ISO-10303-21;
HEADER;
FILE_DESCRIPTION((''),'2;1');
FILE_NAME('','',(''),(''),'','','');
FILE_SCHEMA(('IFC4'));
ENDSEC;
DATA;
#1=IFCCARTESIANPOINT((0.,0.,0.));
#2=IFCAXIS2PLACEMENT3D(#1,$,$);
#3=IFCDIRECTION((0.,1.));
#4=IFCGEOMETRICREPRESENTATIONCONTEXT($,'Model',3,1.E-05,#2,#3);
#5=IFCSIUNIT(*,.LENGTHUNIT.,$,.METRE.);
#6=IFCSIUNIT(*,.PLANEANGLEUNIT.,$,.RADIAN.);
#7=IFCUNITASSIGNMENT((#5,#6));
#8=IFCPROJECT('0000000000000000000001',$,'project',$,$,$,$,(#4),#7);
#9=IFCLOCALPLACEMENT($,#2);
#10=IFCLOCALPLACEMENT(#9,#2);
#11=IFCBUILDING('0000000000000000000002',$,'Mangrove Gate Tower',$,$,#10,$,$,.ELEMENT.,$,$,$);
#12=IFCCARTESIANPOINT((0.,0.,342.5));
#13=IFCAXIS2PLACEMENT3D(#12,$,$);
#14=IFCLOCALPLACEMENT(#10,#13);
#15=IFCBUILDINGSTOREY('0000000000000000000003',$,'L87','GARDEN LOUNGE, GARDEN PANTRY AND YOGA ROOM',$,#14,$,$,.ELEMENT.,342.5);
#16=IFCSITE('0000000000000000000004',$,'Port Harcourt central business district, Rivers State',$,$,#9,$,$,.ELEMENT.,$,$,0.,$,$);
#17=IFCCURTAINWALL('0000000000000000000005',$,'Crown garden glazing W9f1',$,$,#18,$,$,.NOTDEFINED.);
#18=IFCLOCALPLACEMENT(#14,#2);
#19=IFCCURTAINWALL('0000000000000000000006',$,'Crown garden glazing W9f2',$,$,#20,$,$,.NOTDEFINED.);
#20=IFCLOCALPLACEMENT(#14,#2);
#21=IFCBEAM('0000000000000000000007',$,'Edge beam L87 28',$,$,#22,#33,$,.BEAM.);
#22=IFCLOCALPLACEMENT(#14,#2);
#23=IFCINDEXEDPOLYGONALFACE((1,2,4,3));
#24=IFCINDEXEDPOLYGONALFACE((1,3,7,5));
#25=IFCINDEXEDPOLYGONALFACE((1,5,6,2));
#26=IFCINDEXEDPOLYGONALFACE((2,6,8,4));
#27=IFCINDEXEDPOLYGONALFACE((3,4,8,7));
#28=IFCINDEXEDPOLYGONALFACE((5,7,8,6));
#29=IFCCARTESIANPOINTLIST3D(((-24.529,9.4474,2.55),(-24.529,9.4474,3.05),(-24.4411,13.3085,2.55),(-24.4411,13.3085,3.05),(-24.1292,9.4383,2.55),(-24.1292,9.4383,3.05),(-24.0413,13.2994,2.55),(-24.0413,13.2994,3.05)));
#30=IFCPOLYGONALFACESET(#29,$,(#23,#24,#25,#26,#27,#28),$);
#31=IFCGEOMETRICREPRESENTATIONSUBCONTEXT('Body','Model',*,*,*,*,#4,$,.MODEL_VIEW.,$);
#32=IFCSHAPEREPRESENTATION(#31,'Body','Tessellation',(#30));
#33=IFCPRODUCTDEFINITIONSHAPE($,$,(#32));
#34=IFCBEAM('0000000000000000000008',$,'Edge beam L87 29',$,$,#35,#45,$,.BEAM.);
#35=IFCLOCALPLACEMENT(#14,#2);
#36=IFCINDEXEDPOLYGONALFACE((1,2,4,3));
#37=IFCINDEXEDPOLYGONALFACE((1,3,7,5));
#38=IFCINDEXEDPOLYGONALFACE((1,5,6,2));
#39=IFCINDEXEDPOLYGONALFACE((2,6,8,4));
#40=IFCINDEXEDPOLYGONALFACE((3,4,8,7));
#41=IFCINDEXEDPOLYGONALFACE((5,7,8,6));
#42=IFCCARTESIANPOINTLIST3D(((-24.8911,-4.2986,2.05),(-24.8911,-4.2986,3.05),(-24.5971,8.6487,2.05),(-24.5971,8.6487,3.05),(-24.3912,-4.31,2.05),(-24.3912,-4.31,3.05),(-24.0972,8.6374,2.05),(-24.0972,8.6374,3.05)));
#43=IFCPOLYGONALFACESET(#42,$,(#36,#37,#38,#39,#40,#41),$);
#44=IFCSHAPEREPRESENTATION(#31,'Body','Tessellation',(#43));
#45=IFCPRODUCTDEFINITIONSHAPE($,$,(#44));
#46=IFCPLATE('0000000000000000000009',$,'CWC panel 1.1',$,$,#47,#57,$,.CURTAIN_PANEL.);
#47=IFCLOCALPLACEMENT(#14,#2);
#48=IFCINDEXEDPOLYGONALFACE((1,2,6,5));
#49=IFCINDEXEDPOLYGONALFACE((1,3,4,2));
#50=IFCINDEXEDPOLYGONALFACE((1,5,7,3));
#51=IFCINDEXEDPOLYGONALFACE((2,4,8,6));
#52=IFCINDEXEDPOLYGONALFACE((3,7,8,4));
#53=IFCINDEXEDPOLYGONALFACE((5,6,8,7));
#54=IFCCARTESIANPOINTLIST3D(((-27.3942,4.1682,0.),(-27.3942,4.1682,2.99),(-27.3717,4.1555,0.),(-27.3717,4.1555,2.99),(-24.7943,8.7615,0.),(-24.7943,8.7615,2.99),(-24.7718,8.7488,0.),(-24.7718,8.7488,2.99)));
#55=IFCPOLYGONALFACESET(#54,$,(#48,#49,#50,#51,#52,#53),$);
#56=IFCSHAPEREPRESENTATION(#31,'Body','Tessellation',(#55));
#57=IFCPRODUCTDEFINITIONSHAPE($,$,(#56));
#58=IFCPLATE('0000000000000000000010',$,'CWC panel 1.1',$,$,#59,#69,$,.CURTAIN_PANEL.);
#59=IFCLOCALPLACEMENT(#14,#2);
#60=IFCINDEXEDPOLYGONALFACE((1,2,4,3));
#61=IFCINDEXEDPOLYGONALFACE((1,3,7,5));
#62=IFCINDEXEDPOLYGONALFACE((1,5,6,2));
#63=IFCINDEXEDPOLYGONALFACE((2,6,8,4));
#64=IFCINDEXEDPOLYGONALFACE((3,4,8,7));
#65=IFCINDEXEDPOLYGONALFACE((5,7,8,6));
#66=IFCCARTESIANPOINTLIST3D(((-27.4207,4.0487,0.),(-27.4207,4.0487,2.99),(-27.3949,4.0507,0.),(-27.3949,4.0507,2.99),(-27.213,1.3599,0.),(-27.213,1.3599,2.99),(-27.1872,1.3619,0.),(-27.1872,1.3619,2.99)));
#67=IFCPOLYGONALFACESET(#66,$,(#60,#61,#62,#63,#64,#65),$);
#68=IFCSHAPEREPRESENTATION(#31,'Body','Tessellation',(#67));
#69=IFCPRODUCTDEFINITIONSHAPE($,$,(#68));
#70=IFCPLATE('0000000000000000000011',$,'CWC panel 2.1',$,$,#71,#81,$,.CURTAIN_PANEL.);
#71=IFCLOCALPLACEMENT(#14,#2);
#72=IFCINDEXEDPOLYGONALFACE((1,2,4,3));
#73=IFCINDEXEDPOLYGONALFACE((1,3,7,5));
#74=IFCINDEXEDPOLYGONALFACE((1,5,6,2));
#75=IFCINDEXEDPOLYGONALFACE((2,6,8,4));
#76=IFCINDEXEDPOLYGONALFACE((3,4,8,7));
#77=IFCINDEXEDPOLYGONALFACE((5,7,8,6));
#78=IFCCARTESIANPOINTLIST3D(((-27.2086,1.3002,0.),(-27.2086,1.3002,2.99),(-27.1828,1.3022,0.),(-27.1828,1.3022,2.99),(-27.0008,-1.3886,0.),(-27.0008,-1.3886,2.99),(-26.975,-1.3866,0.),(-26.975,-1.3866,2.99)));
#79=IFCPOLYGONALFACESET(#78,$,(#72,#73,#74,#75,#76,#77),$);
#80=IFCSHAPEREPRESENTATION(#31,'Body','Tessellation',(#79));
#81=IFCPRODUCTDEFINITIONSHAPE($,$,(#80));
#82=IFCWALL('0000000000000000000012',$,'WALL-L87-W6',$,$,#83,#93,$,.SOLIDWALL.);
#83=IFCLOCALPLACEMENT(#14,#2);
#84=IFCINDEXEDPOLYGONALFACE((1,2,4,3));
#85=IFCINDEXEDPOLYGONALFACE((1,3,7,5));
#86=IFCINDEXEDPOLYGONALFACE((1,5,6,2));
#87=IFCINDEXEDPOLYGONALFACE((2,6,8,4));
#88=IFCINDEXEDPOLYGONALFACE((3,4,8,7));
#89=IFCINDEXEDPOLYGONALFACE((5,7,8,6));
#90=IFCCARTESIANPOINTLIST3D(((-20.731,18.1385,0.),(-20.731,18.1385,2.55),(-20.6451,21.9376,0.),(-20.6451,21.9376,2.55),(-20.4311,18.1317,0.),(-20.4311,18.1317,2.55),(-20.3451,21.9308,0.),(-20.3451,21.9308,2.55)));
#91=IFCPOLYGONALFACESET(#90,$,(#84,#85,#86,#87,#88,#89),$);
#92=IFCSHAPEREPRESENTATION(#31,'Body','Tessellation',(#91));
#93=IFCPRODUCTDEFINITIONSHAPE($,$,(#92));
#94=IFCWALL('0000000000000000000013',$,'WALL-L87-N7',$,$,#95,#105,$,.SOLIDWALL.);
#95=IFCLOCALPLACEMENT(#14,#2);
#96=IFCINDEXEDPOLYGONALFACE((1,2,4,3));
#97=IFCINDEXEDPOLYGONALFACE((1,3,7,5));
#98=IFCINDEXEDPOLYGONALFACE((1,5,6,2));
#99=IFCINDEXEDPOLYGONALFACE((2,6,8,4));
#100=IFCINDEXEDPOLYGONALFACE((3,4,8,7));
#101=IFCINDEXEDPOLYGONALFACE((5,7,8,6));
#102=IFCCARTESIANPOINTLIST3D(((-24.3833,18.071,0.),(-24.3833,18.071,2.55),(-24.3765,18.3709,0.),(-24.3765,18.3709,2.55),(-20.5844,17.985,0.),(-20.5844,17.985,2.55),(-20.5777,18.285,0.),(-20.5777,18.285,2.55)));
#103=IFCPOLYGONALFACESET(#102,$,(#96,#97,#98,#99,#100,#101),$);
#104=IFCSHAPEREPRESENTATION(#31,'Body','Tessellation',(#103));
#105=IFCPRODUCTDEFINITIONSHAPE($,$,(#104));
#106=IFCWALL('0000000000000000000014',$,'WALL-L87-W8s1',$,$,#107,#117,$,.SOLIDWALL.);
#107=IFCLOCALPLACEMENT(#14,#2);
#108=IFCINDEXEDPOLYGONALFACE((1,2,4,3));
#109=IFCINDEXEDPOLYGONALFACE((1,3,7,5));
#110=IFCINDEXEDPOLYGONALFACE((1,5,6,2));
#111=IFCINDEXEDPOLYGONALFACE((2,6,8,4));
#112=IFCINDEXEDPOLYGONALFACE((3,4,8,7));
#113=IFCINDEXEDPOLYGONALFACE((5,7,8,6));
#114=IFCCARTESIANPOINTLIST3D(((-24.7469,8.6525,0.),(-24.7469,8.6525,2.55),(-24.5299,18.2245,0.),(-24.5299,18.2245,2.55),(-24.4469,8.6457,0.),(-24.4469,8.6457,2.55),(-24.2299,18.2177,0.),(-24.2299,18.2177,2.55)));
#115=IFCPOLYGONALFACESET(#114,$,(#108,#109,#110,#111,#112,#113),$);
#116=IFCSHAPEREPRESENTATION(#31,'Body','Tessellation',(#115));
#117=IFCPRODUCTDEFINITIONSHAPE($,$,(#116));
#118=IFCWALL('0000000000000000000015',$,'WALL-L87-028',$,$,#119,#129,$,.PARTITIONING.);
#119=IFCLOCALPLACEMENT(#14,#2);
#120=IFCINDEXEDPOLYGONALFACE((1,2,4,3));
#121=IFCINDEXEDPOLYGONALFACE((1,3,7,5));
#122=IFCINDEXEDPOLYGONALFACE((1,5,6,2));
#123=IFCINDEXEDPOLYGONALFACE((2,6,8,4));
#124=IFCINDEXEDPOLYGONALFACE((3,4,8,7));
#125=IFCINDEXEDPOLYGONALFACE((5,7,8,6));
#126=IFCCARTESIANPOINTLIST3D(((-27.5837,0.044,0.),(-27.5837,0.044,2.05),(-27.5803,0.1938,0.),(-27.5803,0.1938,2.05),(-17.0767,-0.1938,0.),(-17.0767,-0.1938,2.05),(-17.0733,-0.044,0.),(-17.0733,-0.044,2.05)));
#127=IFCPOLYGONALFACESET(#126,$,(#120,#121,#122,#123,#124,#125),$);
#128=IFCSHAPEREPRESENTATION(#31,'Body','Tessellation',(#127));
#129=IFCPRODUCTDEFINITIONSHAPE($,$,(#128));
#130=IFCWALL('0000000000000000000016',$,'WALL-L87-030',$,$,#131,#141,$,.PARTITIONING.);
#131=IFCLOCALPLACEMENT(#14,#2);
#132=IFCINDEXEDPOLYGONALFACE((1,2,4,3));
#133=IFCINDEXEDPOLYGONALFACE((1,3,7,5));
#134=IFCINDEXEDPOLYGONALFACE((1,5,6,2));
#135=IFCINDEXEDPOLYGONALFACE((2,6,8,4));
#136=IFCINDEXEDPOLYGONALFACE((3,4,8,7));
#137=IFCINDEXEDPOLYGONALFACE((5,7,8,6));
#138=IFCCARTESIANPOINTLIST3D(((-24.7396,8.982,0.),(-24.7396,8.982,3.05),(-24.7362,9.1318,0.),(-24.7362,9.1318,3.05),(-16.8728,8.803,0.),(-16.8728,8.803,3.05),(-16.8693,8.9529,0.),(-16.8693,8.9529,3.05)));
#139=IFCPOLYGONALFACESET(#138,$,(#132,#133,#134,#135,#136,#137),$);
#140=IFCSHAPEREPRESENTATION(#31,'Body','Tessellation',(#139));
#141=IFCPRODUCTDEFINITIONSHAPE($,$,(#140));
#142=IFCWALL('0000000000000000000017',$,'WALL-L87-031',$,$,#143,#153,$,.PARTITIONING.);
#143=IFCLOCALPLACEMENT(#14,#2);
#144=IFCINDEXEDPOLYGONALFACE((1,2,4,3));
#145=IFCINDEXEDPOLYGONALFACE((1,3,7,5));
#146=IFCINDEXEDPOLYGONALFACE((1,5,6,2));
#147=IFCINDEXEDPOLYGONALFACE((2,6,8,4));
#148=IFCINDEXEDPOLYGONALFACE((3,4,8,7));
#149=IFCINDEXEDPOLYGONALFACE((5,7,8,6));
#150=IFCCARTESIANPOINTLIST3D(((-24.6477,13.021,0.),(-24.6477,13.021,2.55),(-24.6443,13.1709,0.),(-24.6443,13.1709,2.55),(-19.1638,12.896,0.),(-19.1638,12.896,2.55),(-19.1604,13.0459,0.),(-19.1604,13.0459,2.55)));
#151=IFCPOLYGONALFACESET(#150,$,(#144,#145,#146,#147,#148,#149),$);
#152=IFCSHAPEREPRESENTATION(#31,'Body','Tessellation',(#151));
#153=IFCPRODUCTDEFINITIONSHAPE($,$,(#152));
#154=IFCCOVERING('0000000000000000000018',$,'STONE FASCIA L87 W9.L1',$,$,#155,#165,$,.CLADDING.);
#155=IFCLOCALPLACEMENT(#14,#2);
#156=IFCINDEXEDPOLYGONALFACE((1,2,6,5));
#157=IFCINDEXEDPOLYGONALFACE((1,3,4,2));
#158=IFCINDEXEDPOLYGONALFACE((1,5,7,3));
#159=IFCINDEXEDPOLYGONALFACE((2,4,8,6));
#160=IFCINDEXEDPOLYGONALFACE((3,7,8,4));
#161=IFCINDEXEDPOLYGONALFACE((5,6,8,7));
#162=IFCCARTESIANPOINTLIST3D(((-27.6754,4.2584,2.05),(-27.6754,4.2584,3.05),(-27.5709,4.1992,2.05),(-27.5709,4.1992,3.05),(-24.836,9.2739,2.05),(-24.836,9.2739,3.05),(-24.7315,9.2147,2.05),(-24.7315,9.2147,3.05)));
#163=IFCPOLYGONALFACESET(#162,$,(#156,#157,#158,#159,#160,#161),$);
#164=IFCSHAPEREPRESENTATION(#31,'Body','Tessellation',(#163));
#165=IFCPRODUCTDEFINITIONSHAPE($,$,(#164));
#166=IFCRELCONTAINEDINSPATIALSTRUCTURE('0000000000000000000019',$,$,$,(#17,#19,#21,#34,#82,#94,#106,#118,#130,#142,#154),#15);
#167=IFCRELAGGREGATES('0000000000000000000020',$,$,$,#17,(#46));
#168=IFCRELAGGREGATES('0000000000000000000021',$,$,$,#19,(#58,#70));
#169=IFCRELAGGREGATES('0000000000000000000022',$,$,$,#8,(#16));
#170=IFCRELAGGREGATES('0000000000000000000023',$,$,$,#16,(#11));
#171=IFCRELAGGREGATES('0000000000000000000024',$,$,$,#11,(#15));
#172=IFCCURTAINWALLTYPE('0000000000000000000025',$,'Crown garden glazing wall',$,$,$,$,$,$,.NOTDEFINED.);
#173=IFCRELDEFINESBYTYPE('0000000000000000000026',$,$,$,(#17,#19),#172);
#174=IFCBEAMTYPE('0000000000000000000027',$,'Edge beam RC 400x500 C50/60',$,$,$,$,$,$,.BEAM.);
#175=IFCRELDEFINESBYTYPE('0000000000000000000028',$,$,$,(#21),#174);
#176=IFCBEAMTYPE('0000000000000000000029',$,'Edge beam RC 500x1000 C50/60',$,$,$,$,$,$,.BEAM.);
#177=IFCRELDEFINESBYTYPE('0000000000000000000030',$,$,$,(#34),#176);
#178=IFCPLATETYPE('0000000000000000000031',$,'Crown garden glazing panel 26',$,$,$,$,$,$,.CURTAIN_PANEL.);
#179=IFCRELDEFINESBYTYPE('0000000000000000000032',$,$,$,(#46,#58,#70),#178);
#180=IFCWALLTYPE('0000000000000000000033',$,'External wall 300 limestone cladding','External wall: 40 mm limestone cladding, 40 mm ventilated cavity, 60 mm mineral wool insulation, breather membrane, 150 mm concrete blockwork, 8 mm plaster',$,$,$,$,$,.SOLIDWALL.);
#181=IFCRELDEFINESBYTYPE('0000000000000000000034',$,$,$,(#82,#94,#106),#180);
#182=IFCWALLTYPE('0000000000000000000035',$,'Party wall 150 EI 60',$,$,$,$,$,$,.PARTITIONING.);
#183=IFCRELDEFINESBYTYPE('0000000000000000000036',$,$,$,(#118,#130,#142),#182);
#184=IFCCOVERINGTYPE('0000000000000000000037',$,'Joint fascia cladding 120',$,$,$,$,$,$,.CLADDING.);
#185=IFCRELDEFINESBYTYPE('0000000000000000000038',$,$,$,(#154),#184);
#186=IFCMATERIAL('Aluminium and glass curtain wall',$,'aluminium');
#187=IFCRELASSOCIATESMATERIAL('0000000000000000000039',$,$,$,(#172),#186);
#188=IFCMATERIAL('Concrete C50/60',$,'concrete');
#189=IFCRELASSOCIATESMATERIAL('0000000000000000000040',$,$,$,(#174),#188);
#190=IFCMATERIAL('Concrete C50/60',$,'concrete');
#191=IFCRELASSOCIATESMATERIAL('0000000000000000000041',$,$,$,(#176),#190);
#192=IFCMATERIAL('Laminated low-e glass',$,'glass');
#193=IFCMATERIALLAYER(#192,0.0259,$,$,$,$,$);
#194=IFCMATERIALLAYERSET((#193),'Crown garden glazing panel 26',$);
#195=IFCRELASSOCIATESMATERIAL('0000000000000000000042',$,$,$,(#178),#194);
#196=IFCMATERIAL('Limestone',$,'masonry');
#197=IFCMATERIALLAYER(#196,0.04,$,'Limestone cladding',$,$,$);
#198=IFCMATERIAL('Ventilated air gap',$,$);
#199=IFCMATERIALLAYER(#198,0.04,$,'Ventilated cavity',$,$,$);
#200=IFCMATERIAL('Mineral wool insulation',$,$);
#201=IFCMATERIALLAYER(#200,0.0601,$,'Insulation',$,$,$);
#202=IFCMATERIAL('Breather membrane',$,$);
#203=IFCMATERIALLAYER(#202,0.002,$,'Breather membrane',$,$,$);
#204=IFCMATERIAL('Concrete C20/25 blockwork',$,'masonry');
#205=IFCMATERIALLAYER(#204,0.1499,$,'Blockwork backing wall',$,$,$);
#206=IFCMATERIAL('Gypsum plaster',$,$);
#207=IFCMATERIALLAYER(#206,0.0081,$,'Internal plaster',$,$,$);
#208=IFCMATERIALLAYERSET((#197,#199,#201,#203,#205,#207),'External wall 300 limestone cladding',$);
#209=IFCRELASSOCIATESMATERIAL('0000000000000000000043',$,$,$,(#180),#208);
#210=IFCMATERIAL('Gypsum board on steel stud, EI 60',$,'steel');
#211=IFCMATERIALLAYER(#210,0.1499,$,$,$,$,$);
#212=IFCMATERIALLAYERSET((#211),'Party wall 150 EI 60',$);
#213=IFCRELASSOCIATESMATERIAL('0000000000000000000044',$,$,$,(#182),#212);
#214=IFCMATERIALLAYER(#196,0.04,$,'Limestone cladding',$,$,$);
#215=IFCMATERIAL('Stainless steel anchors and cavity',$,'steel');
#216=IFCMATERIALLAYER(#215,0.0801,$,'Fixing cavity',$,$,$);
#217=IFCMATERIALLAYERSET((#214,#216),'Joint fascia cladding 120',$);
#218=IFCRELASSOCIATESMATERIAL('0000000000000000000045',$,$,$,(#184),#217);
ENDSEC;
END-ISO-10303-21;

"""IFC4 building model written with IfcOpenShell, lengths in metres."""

from ifc_helpers import new_model, si_unit, direction, frame, frame_2d, origin, origin_2d, place, context, subcontext, project, spatial, rectangle, extrude, material, layer, layer_set, material_profile, profile_set, type_object, element, aggregate, save


model = new_model("IFC4")

# Units and contexts
model_context = context("Model", 3, precision=1e-05, world=origin(), true_north=direction((0.0, 1.0)))
body_context = subcontext(model_context, "Body", "Model", "MODEL_VIEW")
ifc_project = project(units=[si_unit("LENGTHUNIT", "METRE"), si_unit("PLANEANGLEUNIT", "RADIAN")], contexts=[model_context])

# Site, building, storey
site_placement = place(None, origin())
site = spatial("IfcSite", under=ifc_project, at=site_placement, Name="Port Harcourt central business district, Rivers State", CompositionType="ELEMENT", RefElevation=0.0)
building_placement = place(site_placement, origin())
building = spatial("IfcBuilding", under=site, at=building_placement, Name="Mangrove Gate Tower", CompositionType="ELEMENT")
storey_placement = place(building_placement, frame((0.0, 0.0, 342.5)))
storey = spatial("IfcBuildingStorey", under=building, at=storey_placement, Name="L87", Description="GARDEN LOUNGE, GARDEN PANTRY AND YOGA ROOM", CompositionType="ELEMENT", Elevation=342.5)

# Curtain walls
ifc_material_1 = material(Name="Aluminium and glass curtain wall", Category="aluminium")
curtain_wall_type = type_object("IfcCurtainWallType", Name="Crown garden glazing wall", PredefinedType="NOTDEFINED", material=ifc_material_1)
curtain_wall_1_placement = place(storey_placement, origin())
curtain_wall_1 = element("IfcCurtainWall", 1, at=curtain_wall_1_placement, inside=storey, type_object=curtain_wall_type, Name="Crown garden glazing W9f1", PredefinedType="NOTDEFINED")
curtain_wall_2_placement = place(storey_placement, origin())
curtain_wall_2 = element("IfcCurtainWall", 2, at=curtain_wall_2_placement, inside=storey, type_object=curtain_wall_type, Name="Crown garden glazing W9f2", PredefinedType="NOTDEFINED")

# Beams
ifc_material_2 = material(Name="Concrete C50/60", Category="concrete")
ifc_material_profile_1 = material_profile(ifc_material_2, rectangle(XDim=0.3999, YDim=0.5, at=origin_2d()))
ifc_profile_set_1 = profile_set([ifc_material_profile_1], Name="Concrete C50/60")
beam_type_1 = type_object("IfcBeamType", Name="Edge beam RC 400x500 C50/60", PredefinedType="BEAM", material=ifc_profile_set_1)
beam_1_placement = place(storey_placement, frame((-24.2412, 13.304, 2.8), z_axis=(-0.022757, -0.999741, 0.0), x_axis=(0.999741, -0.022757, 0.0)))
element("IfcBeam", 3, at=beam_1_placement, inside=storey, type_object=beam_type_1, Name="Edge beam L87 28", PredefinedType="BEAM", context=body_context, shape_type="SweptSolid", body=[
    extrude(rectangle(XDim=0.3999, YDim=0.5, at=origin_2d()), origin(), (0.0, 0.0, 1.0), 3.8621),
])
ifc_material_3 = material(Name="Concrete C50/60", Category="concrete")
ifc_material_profile_2 = material_profile(ifc_material_3, rectangle(XDim=0.5, YDim=1.0, at=origin_2d()))
ifc_profile_set_2 = profile_set([ifc_material_profile_2], Name="Concrete C50/60")
beam_type_2 = type_object("IfcBeamType", Name="Edge beam RC 500x1000 C50/60", PredefinedType="BEAM", material=ifc_profile_set_2)
beam_2_placement = place(storey_placement, frame((-24.3472, 8.6431, 2.55), z_axis=(-0.022697, -0.999742, 0.0), x_axis=(0.999742, -0.022697, 0.0)))
element("IfcBeam", 4, at=beam_2_placement, inside=storey, type_object=beam_type_2, Name="Edge beam L87 29", PredefinedType="BEAM", context=body_context, shape_type="SweptSolid", body=[
    extrude(rectangle(XDim=0.5, YDim=1.0, at=origin_2d()), origin(), (0.0, 0.0, 1.0), 12.9507),
])

# Plates
ifc_material_4 = material(Name="Laminated low-e glass", Category="glass")
ifc_layer_1 = layer(ifc_material_4, 0.0259)
ifc_layer_set_1 = layer_set([ifc_layer_1], Name="Crown garden glazing panel 26")
plate_type = type_object("IfcPlateType", Name="Crown garden glazing panel 26", PredefinedType="CURTAIN_PANEL", material=ifc_layer_set_1)
plate_1_placement = place(storey_placement, frame((-26.083, 6.4585, 0.0), z_axis=(0.0, 0.0, 1.0), x_axis=(-0.492583, -0.870265, 0.0)))
plate_1 = element("IfcPlate", 5, at=plate_1_placement, type_object=plate_type, Name="CWC panel 1.1", PredefinedType="CURTAIN_PANEL", context=body_context, shape_type="SweptSolid", body=[
    extrude(rectangle(XDim=5.2781, YDim=0.0259, at=origin_2d()), origin(), (0.0, 0.0, 1.0), 2.99),
])
aggregate(curtain_wall_1, [plate_1])
plate_2_placement = place(storey_placement, frame((-27.304, 2.7053, 0.0), z_axis=(0.0, 0.0, 1.0), x_axis=(0.077023, -0.997029, 0.0)))
plate_2 = element("IfcPlate", 6, at=plate_2_placement, type_object=plate_type, Name="CWC panel 1.1", PredefinedType="CURTAIN_PANEL", context=body_context, shape_type="SweptSolid", body=[
    extrude(rectangle(XDim=2.6968, YDim=0.0259, at=origin_2d()), origin(), (0.0, 0.0, 1.0), 2.99),
])
plate_3_placement = place(storey_placement, frame((-27.0918, -0.0432, 0.0), z_axis=(0.0, 0.0, 1.0), x_axis=(0.077023, -0.997029, 0.0)))
plate_3 = element("IfcPlate", 7, at=plate_3_placement, type_object=plate_type, Name="CWC panel 2.1", PredefinedType="CURTAIN_PANEL", context=body_context, shape_type="SweptSolid", body=[
    extrude(rectangle(XDim=2.6968, YDim=0.0259, at=origin_2d()), origin(), (0.0, 0.0, 1.0), 2.99),
])
aggregate(curtain_wall_2, [plate_2, plate_3])

# Walls
ifc_material_5 = material(Name="Limestone", Category="masonry")
ifc_layer_2 = layer(ifc_material_5, 0.04, Name="Limestone cladding")
ifc_material_6 = material(Name="Ventilated air gap")
ifc_layer_3 = layer(ifc_material_6, 0.04, Name="Ventilated cavity")
ifc_material_7 = material(Name="Mineral wool insulation")
ifc_layer_4 = layer(ifc_material_7, 0.0601, Name="Insulation")
ifc_material_8 = material(Name="Breather membrane")
ifc_layer_5 = layer(ifc_material_8, 0.002, Name="Breather membrane")
ifc_material_9 = material(Name="Concrete C20/25 blockwork", Category="masonry")
ifc_layer_6 = layer(ifc_material_9, 0.1499, Name="Blockwork backing wall")
ifc_material_10 = material(Name="Gypsum plaster")
ifc_layer_7 = layer(ifc_material_10, 0.0081, Name="Internal plaster")
ifc_layer_set_2 = layer_set([ifc_layer_2, ifc_layer_3, ifc_layer_4, ifc_layer_5, ifc_layer_6, ifc_layer_7], Name="External wall 300 limestone cladding")
wall_type_1 = type_object("IfcWallType", Name="External wall 300 limestone cladding", Description="External wall: 40 mm limestone cladding, 40 mm ventilated cavity, 60 mm mineral wool insulation, breather membrane, 150 mm concrete blockwork, 8 mm plaster", PredefinedType="SOLIDWALL", material=ifc_layer_set_2)
wall_1_placement = place(storey_placement, frame((-20.4951, 21.9341, 0.0), z_axis=(0.0, 0.0, 1.0), x_axis=(-0.022615, -0.999744, 0.0)))
element("IfcWall", 8, at=wall_1_placement, inside=storey, type_object=wall_type_1, Name="WALL-L87-W6", PredefinedType="SOLIDWALL", context=body_context, shape_type="SweptSolid", body=[
    extrude(rectangle(XDim=3.8, YDim=0.3, at=frame_2d((1.8999, 0.0))), origin(), (0.0, 0.0, 1.0), 2.55),
])
wall_2_placement = place(storey_placement, frame((-20.5811, 18.135, 0.0), z_axis=(0.0, 0.0, 1.0), x_axis=(-0.999744, 0.022616, 0.0)))
element("IfcWall", 9, at=wall_2_placement, inside=storey, type_object=wall_type_1, Name="WALL-L87-N7", PredefinedType="SOLIDWALL", context=body_context, shape_type="SweptSolid", body=[
    extrude(rectangle(XDim=3.7998, YDim=0.3, at=frame_2d((1.8999, 0.0))), origin(), (0.0, 0.0, 1.0), 2.55),
])
wall_3_placement = place(storey_placement, frame((-24.3799, 18.2209, 0.0), z_axis=(0.0, 0.0, 1.0), x_axis=(-0.022669, -0.999743, 0.0)))
element("IfcWall", 10, at=wall_3_placement, inside=storey, type_object=wall_type_1, Name="WALL-L87-W8s1", PredefinedType="SOLIDWALL", context=body_context, shape_type="SweptSolid", body=[
    extrude(rectangle(XDim=9.5745, YDim=0.3, at=frame_2d((4.7871, 0.0))), origin(), (0.0, 0.0, 1.0), 2.55),
])
ifc_material_11 = material(Name="Gypsum board on steel stud, EI 60", Category="steel")
ifc_layer_8 = layer(ifc_material_11, 0.1499)
ifc_layer_set_3 = layer_set([ifc_layer_8], Name="Party wall 150 EI 60")
wall_type_2 = type_object("IfcWallType", Name="Party wall 150 EI 60", PredefinedType="PARTITIONING", material=ifc_layer_set_3)
wall_4_placement = place(storey_placement, frame((-27.582, 0.1189, 0.0), z_axis=(0.0, 0.0, 1.0), x_axis=(0.999744, -0.022626, 0.0)))
element("IfcWall", 11, at=wall_4_placement, inside=storey, type_object=wall_type_2, Name="WALL-L87-028", PredefinedType="PARTITIONING", context=body_context, shape_type="SweptSolid", body=[
    extrude(rectangle(XDim=10.5098, YDim=0.1499, at=frame_2d((5.2549, 0.0))), origin(), (0.0, 0.0, 1.0), 2.05),
])
wall_5_placement = place(storey_placement, frame((-24.738, 9.0569, 0.0), z_axis=(0.0, 0.0, 1.0), x_axis=(0.999741, -0.022742, 0.0)))
element("IfcWall", 12, at=wall_5_placement, inside=storey, type_object=wall_type_2, Name="WALL-L87-030", PredefinedType="PARTITIONING", context=body_context, shape_type="SweptSolid", body=[
    extrude(rectangle(XDim=7.8689, YDim=0.1499, at=frame_2d((3.9346, 0.0))), origin(), (0.0, 0.0, 1.0), 3.05),
])
wall_6_placement = place(storey_placement, frame((-24.646, 13.0959, 0.0), z_axis=(0.0, 0.0, 1.0), x_axis=(0.99974, -0.022788, 0.0)))
element("IfcWall", 13, at=wall_6_placement, inside=storey, type_object=wall_type_2, Name="WALL-L87-031", PredefinedType="PARTITIONING", context=body_context, shape_type="SweptSolid", body=[
    extrude(rectangle(XDim=5.4854, YDim=0.1499, at=frame_2d((2.7427, 0.0))), origin(), (0.0, 0.0, 1.0), 2.55),
])

# Covering
ifc_layer_9 = layer(ifc_material_5, 0.04, Name="Limestone cladding")
ifc_material_12 = material(Name="Stainless steel anchors and cavity", Category="steel")
ifc_layer_10 = layer(ifc_material_12, 0.0801, Name="Fixing cavity")
ifc_layer_set_4 = layer_set([ifc_layer_9, ifc_layer_10], Name="Joint fascia cladding 120")
covering_type = type_object("IfcCoveringType", Name="Joint fascia cladding 120", PredefinedType="CLADDING", material=ifc_layer_set_4)
covering_placement = place(storey_placement, frame((-24.7837, 9.2444, 2.05), z_axis=(0.0, 0.0, 1.0), x_axis=(-0.492659, -0.870223, 0.0)))
element("IfcCovering", 14, at=covering_placement, inside=storey, type_object=covering_type, Name="STONE FASCIA L87 W9.L1", PredefinedType="CLADDING", context=body_context, shape_type="SweptSolid", body=[
    extrude(rectangle(XDim=5.7634, YDim=0.1201, at=frame_2d((2.8818, 0.0))), origin(), (0.0, 0.0, 1.0), 1.0),
])

save(model, "model.ifc")
